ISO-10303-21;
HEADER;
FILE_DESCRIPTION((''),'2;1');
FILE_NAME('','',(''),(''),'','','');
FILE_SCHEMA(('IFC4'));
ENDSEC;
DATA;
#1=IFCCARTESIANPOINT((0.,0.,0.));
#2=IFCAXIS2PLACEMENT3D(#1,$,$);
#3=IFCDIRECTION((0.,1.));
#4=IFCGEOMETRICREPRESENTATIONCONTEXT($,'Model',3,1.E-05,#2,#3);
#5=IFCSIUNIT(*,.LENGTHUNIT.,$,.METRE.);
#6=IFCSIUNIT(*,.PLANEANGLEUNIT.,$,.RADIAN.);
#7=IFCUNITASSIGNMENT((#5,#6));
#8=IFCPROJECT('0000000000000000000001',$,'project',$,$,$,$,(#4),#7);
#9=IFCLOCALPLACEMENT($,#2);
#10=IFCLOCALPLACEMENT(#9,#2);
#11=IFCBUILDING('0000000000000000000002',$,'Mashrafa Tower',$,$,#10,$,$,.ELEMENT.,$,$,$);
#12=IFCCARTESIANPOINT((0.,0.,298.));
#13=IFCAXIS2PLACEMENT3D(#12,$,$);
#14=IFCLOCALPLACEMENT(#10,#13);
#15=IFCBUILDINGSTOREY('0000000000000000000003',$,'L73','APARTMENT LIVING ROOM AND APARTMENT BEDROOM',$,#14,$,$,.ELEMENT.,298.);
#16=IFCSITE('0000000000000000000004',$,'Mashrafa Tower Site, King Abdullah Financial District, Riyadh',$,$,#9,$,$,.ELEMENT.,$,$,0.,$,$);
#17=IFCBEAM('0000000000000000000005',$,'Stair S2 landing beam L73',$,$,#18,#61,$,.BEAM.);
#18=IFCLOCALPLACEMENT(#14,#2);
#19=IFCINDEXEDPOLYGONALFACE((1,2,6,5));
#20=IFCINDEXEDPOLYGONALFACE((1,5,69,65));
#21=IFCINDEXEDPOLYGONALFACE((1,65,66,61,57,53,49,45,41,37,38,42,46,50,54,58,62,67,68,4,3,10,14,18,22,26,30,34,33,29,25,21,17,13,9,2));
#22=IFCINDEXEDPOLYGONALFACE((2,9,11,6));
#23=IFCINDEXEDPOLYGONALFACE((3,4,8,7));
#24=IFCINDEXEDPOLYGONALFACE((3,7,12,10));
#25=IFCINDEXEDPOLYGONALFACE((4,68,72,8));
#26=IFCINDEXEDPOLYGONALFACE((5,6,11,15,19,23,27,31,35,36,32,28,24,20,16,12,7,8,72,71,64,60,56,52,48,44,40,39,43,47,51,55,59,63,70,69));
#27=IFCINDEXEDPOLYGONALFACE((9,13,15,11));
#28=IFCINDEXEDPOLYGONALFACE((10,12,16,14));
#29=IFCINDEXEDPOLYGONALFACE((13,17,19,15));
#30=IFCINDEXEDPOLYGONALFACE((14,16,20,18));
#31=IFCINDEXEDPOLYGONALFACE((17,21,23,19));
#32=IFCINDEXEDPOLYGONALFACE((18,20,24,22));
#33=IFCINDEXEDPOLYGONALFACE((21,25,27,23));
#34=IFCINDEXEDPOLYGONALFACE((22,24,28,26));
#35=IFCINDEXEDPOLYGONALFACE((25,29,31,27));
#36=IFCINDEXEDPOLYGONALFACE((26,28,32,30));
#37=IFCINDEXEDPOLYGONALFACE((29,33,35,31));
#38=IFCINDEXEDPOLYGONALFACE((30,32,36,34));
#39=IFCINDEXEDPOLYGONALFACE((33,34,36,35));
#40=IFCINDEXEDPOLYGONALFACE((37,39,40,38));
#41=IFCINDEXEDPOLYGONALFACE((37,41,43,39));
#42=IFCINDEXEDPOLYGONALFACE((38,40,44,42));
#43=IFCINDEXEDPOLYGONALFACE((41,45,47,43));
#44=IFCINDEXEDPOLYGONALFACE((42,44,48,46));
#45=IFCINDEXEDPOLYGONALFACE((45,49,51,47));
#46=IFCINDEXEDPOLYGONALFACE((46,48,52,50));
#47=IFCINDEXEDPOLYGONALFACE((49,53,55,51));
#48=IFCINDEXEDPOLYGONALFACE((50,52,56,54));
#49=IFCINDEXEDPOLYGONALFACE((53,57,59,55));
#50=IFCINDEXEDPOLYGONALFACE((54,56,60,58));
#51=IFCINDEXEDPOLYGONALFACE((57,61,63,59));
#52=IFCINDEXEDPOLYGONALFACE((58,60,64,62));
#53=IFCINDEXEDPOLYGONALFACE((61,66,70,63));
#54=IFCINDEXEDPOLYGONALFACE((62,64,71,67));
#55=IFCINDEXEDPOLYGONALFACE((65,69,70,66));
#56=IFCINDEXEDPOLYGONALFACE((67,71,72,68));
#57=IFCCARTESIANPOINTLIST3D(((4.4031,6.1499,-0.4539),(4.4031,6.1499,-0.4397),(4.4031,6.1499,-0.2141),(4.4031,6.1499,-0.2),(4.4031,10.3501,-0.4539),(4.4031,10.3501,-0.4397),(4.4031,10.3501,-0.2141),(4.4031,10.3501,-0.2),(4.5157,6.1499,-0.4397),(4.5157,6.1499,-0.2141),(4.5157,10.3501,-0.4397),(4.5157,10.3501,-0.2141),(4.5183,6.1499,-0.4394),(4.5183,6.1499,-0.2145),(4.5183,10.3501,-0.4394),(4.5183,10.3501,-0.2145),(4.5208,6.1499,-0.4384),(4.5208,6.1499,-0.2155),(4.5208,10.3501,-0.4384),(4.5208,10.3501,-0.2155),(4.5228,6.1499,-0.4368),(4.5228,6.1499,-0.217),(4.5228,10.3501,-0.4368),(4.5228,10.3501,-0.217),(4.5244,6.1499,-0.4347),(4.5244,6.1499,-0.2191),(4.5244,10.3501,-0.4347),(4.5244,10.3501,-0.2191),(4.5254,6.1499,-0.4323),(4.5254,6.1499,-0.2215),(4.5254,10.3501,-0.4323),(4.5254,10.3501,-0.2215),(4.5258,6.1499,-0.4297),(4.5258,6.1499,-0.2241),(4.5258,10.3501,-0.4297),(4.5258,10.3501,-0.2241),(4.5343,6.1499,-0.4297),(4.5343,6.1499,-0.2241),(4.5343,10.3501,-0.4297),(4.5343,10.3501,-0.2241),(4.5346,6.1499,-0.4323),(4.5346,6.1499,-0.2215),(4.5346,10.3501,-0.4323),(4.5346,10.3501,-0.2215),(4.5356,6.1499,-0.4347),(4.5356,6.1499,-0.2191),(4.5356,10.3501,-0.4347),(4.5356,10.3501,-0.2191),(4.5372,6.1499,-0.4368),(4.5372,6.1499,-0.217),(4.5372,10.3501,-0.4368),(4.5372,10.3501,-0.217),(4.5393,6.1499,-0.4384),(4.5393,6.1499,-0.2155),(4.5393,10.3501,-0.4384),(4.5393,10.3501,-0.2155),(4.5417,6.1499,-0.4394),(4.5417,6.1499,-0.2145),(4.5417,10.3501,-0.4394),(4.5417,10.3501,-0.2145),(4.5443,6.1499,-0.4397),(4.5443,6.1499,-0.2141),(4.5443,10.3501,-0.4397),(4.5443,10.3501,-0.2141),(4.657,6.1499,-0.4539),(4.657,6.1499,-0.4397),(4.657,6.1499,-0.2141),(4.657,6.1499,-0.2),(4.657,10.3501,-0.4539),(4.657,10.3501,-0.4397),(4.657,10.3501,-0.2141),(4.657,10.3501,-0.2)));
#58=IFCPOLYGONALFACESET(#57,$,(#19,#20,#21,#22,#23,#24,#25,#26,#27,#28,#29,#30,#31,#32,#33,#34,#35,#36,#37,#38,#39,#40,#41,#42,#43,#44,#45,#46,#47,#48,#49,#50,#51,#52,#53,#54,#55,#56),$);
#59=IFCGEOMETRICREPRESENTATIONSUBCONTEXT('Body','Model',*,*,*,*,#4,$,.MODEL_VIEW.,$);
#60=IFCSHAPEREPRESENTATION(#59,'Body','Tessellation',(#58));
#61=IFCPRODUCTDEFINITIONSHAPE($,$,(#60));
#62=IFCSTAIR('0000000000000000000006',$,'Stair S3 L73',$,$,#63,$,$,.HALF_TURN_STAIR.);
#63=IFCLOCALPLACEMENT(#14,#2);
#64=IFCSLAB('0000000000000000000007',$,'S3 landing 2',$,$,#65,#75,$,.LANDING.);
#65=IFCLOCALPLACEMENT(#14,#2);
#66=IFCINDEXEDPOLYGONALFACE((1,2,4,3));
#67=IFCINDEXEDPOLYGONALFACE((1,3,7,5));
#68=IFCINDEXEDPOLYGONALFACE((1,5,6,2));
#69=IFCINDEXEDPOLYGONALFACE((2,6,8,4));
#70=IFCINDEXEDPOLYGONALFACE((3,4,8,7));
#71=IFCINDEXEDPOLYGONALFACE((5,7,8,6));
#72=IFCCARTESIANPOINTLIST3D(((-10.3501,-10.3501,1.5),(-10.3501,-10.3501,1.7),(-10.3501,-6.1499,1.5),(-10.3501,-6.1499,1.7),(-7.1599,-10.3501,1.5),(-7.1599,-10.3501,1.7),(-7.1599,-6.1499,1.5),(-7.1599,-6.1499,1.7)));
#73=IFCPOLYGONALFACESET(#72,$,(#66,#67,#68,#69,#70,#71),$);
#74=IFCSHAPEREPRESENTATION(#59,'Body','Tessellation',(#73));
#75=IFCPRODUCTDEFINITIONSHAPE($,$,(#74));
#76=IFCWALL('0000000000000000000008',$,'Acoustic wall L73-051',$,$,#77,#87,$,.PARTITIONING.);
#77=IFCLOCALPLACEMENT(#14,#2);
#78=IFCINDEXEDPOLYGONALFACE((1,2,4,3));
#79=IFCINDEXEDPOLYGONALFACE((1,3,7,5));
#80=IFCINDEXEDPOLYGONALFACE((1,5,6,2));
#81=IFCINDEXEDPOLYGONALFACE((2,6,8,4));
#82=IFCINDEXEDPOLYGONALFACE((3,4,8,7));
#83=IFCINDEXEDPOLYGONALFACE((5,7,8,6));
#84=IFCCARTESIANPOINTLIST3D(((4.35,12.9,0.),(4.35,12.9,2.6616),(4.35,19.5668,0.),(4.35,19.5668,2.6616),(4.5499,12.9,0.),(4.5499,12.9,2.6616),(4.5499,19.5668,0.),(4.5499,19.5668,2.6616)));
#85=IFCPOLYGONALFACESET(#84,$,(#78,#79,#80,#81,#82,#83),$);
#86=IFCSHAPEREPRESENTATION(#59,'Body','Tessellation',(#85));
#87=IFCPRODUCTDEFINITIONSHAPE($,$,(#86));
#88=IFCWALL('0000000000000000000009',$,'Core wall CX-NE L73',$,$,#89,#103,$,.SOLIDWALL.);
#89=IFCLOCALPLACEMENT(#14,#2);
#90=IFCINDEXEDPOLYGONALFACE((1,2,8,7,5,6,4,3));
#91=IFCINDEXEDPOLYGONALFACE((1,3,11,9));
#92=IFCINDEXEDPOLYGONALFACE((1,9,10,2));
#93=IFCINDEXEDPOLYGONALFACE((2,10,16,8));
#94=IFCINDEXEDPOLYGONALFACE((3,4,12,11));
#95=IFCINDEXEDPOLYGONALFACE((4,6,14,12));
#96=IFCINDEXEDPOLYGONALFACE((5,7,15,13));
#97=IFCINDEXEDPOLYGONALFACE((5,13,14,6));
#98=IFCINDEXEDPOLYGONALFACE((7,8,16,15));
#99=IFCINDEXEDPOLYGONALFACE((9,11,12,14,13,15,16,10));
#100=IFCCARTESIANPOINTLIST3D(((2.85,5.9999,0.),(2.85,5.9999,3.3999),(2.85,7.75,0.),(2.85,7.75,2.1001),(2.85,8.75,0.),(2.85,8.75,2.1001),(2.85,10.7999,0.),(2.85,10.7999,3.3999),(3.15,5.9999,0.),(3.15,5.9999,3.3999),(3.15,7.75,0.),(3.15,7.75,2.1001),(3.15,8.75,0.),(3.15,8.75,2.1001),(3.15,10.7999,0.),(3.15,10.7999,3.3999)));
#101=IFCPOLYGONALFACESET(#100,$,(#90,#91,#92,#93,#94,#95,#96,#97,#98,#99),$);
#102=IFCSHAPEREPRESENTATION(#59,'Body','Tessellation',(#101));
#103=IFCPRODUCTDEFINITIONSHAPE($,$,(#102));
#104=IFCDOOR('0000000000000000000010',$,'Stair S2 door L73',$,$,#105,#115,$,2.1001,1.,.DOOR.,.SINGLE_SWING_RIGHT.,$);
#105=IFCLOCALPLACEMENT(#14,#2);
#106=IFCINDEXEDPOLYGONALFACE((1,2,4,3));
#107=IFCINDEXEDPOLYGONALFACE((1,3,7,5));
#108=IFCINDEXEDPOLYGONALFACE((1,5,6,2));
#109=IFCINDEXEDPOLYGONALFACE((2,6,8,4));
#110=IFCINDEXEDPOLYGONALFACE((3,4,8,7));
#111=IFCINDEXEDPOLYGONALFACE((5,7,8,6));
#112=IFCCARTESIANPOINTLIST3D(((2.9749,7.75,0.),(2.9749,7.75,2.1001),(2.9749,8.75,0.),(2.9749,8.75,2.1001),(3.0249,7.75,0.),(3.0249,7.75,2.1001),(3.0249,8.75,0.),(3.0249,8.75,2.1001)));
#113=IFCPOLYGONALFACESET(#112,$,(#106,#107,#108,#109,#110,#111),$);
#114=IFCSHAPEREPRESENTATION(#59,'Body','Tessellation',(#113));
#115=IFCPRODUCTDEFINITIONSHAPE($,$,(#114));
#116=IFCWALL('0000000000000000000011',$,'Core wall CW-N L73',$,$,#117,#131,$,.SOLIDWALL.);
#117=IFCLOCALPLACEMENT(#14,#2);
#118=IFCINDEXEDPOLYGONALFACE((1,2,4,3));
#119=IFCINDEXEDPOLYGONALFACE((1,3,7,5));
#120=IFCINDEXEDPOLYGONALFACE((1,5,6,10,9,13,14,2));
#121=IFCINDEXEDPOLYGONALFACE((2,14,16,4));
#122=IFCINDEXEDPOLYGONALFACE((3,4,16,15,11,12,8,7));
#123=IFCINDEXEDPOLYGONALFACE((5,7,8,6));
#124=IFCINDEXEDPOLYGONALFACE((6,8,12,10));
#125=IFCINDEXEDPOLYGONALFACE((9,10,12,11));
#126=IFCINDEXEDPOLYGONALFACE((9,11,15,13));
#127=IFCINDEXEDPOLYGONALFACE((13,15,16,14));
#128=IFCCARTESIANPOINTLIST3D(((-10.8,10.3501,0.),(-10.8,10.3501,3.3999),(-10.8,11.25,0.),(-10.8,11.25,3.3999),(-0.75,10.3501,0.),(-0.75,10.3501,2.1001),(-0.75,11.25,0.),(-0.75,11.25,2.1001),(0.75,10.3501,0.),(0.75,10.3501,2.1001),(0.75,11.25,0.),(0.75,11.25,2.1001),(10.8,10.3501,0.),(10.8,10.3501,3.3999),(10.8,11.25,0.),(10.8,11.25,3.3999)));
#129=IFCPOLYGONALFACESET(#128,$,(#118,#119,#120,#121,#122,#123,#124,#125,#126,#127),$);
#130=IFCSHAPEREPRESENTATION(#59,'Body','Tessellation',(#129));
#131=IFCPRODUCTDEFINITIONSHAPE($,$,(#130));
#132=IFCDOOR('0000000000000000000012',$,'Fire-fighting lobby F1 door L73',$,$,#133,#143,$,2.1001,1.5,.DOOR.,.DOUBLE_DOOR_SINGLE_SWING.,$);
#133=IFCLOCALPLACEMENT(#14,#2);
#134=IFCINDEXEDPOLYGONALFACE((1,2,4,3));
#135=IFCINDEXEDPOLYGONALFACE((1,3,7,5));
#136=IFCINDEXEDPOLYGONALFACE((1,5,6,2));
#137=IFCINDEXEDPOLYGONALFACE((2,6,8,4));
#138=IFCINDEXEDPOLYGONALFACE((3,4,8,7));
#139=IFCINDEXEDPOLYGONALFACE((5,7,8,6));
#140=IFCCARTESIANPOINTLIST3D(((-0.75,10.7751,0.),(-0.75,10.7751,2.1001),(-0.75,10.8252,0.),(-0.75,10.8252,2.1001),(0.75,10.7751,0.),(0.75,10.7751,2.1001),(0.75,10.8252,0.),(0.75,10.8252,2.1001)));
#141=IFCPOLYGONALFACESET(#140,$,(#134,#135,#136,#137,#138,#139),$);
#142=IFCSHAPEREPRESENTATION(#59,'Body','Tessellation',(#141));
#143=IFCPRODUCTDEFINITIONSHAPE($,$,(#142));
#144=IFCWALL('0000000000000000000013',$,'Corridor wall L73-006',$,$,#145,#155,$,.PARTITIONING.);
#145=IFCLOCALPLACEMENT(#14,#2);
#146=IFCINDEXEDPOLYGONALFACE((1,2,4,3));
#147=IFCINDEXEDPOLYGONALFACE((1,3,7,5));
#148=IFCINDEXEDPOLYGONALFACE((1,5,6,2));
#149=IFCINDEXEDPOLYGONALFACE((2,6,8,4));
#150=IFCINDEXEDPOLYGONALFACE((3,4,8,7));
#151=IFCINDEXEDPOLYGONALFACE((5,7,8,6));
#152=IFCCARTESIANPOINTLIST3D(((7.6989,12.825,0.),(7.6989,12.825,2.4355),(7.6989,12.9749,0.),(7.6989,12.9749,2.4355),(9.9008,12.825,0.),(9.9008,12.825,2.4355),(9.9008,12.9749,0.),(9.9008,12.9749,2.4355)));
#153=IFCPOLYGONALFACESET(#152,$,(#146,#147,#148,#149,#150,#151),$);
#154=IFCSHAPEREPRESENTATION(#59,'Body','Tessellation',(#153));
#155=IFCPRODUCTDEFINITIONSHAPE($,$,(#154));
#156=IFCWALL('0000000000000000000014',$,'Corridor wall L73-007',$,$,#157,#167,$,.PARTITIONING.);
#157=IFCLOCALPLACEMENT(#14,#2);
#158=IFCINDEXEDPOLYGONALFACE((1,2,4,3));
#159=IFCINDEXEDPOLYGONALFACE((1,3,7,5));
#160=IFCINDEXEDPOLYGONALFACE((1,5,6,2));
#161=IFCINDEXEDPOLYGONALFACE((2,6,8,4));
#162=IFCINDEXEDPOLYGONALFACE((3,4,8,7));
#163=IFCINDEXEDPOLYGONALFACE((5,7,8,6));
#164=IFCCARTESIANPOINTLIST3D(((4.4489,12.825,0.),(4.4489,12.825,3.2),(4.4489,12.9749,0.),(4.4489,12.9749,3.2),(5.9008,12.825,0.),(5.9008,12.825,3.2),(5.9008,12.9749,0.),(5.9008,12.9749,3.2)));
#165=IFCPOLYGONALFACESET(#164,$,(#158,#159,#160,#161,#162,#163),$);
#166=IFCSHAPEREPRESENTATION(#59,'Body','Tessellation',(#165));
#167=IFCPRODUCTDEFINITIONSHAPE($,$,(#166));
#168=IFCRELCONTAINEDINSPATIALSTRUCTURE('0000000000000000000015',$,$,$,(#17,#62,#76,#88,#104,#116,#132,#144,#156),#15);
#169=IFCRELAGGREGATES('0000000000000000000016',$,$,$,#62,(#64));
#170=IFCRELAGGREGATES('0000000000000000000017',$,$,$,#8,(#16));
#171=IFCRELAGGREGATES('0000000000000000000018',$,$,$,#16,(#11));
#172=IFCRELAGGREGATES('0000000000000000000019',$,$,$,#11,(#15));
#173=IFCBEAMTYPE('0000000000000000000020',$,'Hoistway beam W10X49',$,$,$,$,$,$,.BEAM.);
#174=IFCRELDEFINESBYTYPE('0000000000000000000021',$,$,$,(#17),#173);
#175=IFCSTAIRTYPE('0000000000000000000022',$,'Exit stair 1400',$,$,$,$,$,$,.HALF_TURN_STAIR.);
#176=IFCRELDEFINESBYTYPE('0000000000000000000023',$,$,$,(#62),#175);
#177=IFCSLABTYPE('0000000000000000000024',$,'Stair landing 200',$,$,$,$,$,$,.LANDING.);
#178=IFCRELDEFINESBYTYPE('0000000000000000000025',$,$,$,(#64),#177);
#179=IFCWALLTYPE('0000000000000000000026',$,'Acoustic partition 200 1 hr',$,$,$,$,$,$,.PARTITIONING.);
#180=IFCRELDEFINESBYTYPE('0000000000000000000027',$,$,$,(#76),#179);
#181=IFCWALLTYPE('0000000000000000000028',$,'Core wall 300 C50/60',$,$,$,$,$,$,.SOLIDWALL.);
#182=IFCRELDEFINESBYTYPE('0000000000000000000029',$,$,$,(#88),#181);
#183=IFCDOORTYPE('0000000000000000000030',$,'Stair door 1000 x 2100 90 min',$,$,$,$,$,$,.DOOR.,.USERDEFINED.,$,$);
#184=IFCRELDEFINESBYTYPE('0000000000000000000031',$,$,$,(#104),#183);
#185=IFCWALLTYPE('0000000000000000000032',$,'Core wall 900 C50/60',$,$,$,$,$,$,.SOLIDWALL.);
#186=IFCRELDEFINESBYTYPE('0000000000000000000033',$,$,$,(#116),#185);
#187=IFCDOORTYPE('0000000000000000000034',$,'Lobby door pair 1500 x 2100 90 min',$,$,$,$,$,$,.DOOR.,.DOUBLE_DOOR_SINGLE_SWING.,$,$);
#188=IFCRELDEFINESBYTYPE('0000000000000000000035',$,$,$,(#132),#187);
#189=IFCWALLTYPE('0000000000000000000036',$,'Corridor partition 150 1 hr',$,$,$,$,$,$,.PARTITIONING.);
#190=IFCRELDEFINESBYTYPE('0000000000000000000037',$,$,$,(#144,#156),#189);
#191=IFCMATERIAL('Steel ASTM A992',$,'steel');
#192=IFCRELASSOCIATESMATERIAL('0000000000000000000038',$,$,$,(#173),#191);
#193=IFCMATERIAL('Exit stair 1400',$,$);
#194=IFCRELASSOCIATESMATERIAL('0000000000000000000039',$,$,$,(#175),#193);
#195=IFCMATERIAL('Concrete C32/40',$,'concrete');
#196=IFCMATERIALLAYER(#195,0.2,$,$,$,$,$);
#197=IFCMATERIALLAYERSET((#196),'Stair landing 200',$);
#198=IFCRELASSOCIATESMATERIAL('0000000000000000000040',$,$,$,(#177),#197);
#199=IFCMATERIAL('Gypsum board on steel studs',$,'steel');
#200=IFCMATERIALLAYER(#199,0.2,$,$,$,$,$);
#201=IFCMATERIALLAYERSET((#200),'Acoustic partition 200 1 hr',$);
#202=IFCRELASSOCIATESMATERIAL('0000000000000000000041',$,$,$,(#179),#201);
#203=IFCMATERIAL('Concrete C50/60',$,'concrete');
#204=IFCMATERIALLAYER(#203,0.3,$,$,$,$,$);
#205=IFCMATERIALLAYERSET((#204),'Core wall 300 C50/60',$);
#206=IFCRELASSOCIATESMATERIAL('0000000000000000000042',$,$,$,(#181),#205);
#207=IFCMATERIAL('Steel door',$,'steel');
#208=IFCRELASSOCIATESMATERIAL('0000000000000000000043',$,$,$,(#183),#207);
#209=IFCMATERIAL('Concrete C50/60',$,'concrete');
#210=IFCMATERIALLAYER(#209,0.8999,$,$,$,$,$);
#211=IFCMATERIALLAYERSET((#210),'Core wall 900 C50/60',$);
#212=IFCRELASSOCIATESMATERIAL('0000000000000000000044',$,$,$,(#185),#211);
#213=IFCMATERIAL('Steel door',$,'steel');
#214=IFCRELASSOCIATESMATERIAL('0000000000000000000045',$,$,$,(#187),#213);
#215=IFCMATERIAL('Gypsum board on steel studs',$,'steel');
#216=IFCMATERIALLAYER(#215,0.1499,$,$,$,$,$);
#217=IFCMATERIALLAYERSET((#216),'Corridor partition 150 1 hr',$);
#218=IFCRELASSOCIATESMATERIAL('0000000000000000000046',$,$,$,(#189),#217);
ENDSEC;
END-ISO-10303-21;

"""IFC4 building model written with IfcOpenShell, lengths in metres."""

from ifc_helpers import new_model, si_unit, direction, frame, frame_2d, origin, origin_2d, place, context, subcontext, project, spatial, polyline, rectangle, i_section, outline, extrude, material, layer, layer_set, material_profile, profile_set, type_object, element, fill, aggregate, save


model = new_model("IFC4")

# Units and contexts
model_context = context("Model", 3, precision=1e-05, world=origin(), true_north=direction((0.0, 1.0)))
body_context = subcontext(model_context, "Body", "Model", "MODEL_VIEW")
ifc_project = project(units=[si_unit("LENGTHUNIT", "METRE"), si_unit("PLANEANGLEUNIT", "RADIAN")], contexts=[model_context])

# Site, building, storey
site_placement = place(None, origin())
site = spatial("IfcSite", under=ifc_project, at=site_placement, Name="Mashrafa Tower Site, King Abdullah Financial District, Riyadh", CompositionType="ELEMENT", RefElevation=0.0)
building_placement = place(site_placement, origin())
building = spatial("IfcBuilding", under=site, at=building_placement, Name="Mashrafa Tower", CompositionType="ELEMENT")
storey_placement = place(building_placement, frame((0.0, 0.0, 298.0)))
storey = spatial("IfcBuildingStorey", under=building, at=storey_placement, Name="L73", Description="APARTMENT LIVING ROOM AND APARTMENT BEDROOM", CompositionType="ELEMENT", Elevation=298.0)

# Beam
ifc_material_1 = material(Name="Steel ASTM A992", Category="steel")
ifc_material_profile_1 = material_profile(ifc_material_1, i_section(OverallWidth=0.2539, OverallDepth=0.2539, WebThickness=0.0085, FlangeThickness=0.0142, FilletRadius=0.01, at=origin_2d()), Name="W10X49")
ifc_profile_set_1 = profile_set([ifc_material_profile_1], Name="Steel ASTM A992")
beam_type_1 = type_object("IfcBeamType", Name="Hoistway beam W10X49", PredefinedType="BEAM", material=ifc_profile_set_1)
beam_1_placement = place(storey_placement, frame((4.53, 6.1499, -0.3269), z_axis=(0.0, 1.0, 0.0), x_axis=(-1.0, 0.0, 0.0)))
element("IfcBeam", 1, at=beam_1_placement, inside=storey, type_object=beam_type_1, Name="Stair S2 landing beam L73", PredefinedType="BEAM", context=body_context, shape_type="SweptSolid", body=[
    extrude(i_section(OverallWidth=0.2539, OverallDepth=0.2539, WebThickness=0.0085, FlangeThickness=0.0142, FilletRadius=0.01, at=origin_2d()), origin(), (0.0, 0.0, 1.0), 4.2002),
])

# Stair, slab
ifc_material_2 = material(Name="Exit stair 1400")
stair_type = type_object("IfcStairType", Name="Exit stair 1400", PredefinedType="HALF_TURN_STAIR", material=ifc_material_2)
stair_1_placement = place(storey_placement, origin())
stair_1 = element("IfcStair", 2, at=stair_1_placement, inside=storey, type_object=stair_type, Name="Stair S3 L73", PredefinedType="HALF_TURN_STAIR")
ifc_material_3 = material(Name="Concrete C32/40", Category="concrete")
ifc_layer_1 = layer(ifc_material_3, 0.2)
ifc_layer_set_1 = layer_set([ifc_layer_1], Name="Stair landing 200")
slab_type = type_object("IfcSlabType", Name="Stair landing 200", PredefinedType="LANDING", material=ifc_layer_set_1)
slab_placement = place(storey_placement, frame((0.0, 0.0, 1.5)))
slab = element("IfcSlab", 3, at=slab_placement, type_object=slab_type, Name="S3 landing 2", PredefinedType="LANDING", context=body_context, shape_type="SweptSolid", body=[
    extrude(outline(polyline([(-10.3501, -10.3501), (-7.1599, -10.3501), (-7.1599, -6.1499), (-10.3501, -6.1499), (-10.3501, -10.3501)])), origin(), (0.0, 0.0, 1.0), 0.2),
])
aggregate(stair_1, [slab])

# Wall
ifc_material_4 = material(Name="Gypsum board on steel studs", Category="steel")
ifc_layer_2 = layer(ifc_material_4, 0.2)
ifc_layer_set_2 = layer_set([ifc_layer_2], Name="Acoustic partition 200 1 hr")
wall_type_1 = type_object("IfcWallType", Name="Acoustic partition 200 1 hr", PredefinedType="PARTITIONING", material=ifc_layer_set_2)
wall_1_placement = place(storey_placement, frame((4.45, 12.8999, 0.0), z_axis=(0.0, 0.0, 1.0), x_axis=(0.0, 1.0, 0.0)))
element("IfcWall", 4, at=wall_1_placement, inside=storey, type_object=wall_type_1, Name="Acoustic wall L73-051", PredefinedType="PARTITIONING", context=body_context, shape_type="SweptSolid", body=[
    extrude(rectangle(XDim=6.6667, YDim=0.2, at=frame_2d((3.3335, 0.0))), origin(), (0.0, 0.0, 1.0), 2.6616),
])

# Walls, openings, doors
ifc_material_5 = material(Name="Concrete C50/60", Category="concrete")
ifc_layer_3 = layer(ifc_material_5, 0.3)
ifc_layer_set_3 = layer_set([ifc_layer_3], Name="Core wall 300 C50/60")
wall_type_2 = type_object("IfcWallType", Name="Core wall 300 C50/60", PredefinedType="SOLIDWALL", material=ifc_layer_set_3)
wall_2_placement = place(storey_placement, frame((3.0, 6.0, 0.0), z_axis=(0.0, 0.0, 1.0), x_axis=(0.0, 1.0, 0.0)))
wall_2 = element("IfcWall", 5, at=wall_2_placement, inside=storey, type_object=wall_type_2, Name="Core wall CX-NE L73", PredefinedType="SOLIDWALL", context=body_context, shape_type="SweptSolid", body=[
    extrude(rectangle(XDim=4.8, YDim=0.3, at=frame_2d((2.3999, 0.0))), origin(), (0.0, 0.0, 1.0), 3.3999),
])
opening_1_placement = place(wall_2_placement, frame((1.75, 0.0, 0.0)))
opening_1 = element("IfcOpeningElement", 6, at=opening_1_placement, cuts=wall_2, PredefinedType="OPENING", context=body_context, shape_type="SweptSolid", body=[
    extrude(rectangle(XDim=1.0, YDim=2.1001, at=frame_2d((0.5, 1.05))), frame((0.0, 0.1599, 0.0), z_axis=(0.0, -1.0, 0.0), x_axis=(1.0, 0.0, 0.0)), (0.0, 0.0, 1.0), 0.3201),
])
ifc_material_6 = material(Name="Steel door", Category="steel")
door_type_1 = type_object("IfcDoorType", Name="Stair door 1000 x 2100 90 min", OperationType="USERDEFINED", PredefinedType="DOOR", material=ifc_material_6)
door_1_placement = place(opening_1_placement, frame((1.0, 0.0, 0.0), z_axis=(0.0, 0.0, 1.0), x_axis=(-1.0, 0.0, 0.0)))
door_1 = element("IfcDoor", 7, at=door_1_placement, inside=storey, type_object=door_type_1, Name="Stair S2 door L73", OperationType="SINGLE_SWING_RIGHT", OverallHeight=2.1001, OverallWidth=1.0, PredefinedType="DOOR", context=body_context, shape_type="SweptSolid", body=[
    extrude(rectangle(XDim=1.0, YDim=2.1001, at=frame_2d((0.5, 1.05))), frame((0.0, 0.0249, 0.0), z_axis=(0.0, -1.0, 0.0), x_axis=(1.0, 0.0, 0.0)), (0.0, 0.0, 1.0), 0.05),
])
fill(opening_1, door_1)
ifc_material_7 = material(Name="Concrete C50/60", Category="concrete")
ifc_layer_4 = layer(ifc_material_7, 0.8999)
ifc_layer_set_4 = layer_set([ifc_layer_4], Name="Core wall 900 C50/60")
wall_type_3 = type_object("IfcWallType", Name="Core wall 900 C50/60", PredefinedType="SOLIDWALL", material=ifc_layer_set_4)
wall_3_placement = place(storey_placement, frame((10.8, 10.8, 0.0), z_axis=(0.0, 0.0, 1.0), x_axis=(-1.0, 0.0, 0.0)))
wall_3 = element("IfcWall", 8, at=wall_3_placement, inside=storey, type_object=wall_type_3, Name="Core wall CW-N L73", PredefinedType="SOLIDWALL", context=body_context, shape_type="SweptSolid", body=[
    extrude(rectangle(XDim=21.6001, YDim=0.8999, at=frame_2d((10.8, 0.0))), origin(), (0.0, 0.0, 1.0), 3.3999),
])
opening_2_placement = place(wall_3_placement, frame((10.05, 0.0, 0.0)))
opening_2 = element("IfcOpeningElement", 9, at=opening_2_placement, cuts=wall_3, PredefinedType="OPENING", context=body_context, shape_type="SweptSolid", body=[
    extrude(rectangle(XDim=1.5, YDim=2.1001, at=frame_2d((0.75, 1.05))), frame((0.0, 0.46, 0.0), z_axis=(0.0, -1.0, 0.0), x_axis=(1.0, 0.0, 0.0)), (0.0, 0.0, 1.0), 0.9199),
])
ifc_material_8 = material(Name="Steel door", Category="steel")
door_type_2 = type_object("IfcDoorType", Name="Lobby door pair 1500 x 2100 90 min", OperationType="DOUBLE_DOOR_SINGLE_SWING", PredefinedType="DOOR", material=ifc_material_8)
door_2_placement = place(opening_2_placement, origin())
door_2 = element("IfcDoor", 10, at=door_2_placement, inside=storey, type_object=door_type_2, Name="Fire-fighting lobby F1 door L73", OperationType="DOUBLE_DOOR_SINGLE_SWING", OverallHeight=2.1001, OverallWidth=1.5, PredefinedType="DOOR", context=body_context, shape_type="SweptSolid", body=[
    extrude(rectangle(XDim=1.5, YDim=2.1001, at=frame_2d((0.75, 1.05))), frame((0.0, 0.0249, 0.0), z_axis=(0.0, -1.0, 0.0), x_axis=(1.0, 0.0, 0.0)), (0.0, 0.0, 1.0), 0.05),
])
fill(opening_2, door_2)

# Walls
ifc_material_9 = material(Name="Gypsum board on steel studs", Category="steel")
ifc_layer_5 = layer(ifc_material_9, 0.1499)
ifc_layer_set_5 = layer_set([ifc_layer_5], Name="Corridor partition 150 1 hr")
wall_type_4 = type_object("IfcWallType", Name="Corridor partition 150 1 hr", PredefinedType="PARTITIONING", material=ifc_layer_set_5)
wall_4_placement = place(storey_placement, frame((9.9009, 12.8999, 0.0), z_axis=(0.0, 0.0, 1.0), x_axis=(-1.0, 0.0, 0.0)))
element("IfcWall", 11, at=wall_4_placement, inside=storey, type_object=wall_type_4, Name="Corridor wall L73-006", PredefinedType="PARTITIONING", context=body_context, shape_type="SweptSolid", body=[
    extrude(rectangle(XDim=2.2019, YDim=0.1499, at=frame_2d((1.1011, 0.0))), origin(), (0.0, 0.0, 1.0), 2.4355),
])
wall_5_placement = place(storey_placement, frame((5.9009, 12.8999, 0.0), z_axis=(0.0, 0.0, 1.0), x_axis=(-1.0, 0.0, 0.0)))
element("IfcWall", 12, at=wall_5_placement, inside=storey, type_object=wall_type_4, Name="Corridor wall L73-007", PredefinedType="PARTITIONING", context=body_context, shape_type="SweptSolid", body=[
    extrude(rectangle(XDim=1.4519, YDim=0.1499, at=frame_2d((0.7261, 0.0))), origin(), (0.0, 0.0, 1.0), 3.2),
])

save(model, "model.ifc")
